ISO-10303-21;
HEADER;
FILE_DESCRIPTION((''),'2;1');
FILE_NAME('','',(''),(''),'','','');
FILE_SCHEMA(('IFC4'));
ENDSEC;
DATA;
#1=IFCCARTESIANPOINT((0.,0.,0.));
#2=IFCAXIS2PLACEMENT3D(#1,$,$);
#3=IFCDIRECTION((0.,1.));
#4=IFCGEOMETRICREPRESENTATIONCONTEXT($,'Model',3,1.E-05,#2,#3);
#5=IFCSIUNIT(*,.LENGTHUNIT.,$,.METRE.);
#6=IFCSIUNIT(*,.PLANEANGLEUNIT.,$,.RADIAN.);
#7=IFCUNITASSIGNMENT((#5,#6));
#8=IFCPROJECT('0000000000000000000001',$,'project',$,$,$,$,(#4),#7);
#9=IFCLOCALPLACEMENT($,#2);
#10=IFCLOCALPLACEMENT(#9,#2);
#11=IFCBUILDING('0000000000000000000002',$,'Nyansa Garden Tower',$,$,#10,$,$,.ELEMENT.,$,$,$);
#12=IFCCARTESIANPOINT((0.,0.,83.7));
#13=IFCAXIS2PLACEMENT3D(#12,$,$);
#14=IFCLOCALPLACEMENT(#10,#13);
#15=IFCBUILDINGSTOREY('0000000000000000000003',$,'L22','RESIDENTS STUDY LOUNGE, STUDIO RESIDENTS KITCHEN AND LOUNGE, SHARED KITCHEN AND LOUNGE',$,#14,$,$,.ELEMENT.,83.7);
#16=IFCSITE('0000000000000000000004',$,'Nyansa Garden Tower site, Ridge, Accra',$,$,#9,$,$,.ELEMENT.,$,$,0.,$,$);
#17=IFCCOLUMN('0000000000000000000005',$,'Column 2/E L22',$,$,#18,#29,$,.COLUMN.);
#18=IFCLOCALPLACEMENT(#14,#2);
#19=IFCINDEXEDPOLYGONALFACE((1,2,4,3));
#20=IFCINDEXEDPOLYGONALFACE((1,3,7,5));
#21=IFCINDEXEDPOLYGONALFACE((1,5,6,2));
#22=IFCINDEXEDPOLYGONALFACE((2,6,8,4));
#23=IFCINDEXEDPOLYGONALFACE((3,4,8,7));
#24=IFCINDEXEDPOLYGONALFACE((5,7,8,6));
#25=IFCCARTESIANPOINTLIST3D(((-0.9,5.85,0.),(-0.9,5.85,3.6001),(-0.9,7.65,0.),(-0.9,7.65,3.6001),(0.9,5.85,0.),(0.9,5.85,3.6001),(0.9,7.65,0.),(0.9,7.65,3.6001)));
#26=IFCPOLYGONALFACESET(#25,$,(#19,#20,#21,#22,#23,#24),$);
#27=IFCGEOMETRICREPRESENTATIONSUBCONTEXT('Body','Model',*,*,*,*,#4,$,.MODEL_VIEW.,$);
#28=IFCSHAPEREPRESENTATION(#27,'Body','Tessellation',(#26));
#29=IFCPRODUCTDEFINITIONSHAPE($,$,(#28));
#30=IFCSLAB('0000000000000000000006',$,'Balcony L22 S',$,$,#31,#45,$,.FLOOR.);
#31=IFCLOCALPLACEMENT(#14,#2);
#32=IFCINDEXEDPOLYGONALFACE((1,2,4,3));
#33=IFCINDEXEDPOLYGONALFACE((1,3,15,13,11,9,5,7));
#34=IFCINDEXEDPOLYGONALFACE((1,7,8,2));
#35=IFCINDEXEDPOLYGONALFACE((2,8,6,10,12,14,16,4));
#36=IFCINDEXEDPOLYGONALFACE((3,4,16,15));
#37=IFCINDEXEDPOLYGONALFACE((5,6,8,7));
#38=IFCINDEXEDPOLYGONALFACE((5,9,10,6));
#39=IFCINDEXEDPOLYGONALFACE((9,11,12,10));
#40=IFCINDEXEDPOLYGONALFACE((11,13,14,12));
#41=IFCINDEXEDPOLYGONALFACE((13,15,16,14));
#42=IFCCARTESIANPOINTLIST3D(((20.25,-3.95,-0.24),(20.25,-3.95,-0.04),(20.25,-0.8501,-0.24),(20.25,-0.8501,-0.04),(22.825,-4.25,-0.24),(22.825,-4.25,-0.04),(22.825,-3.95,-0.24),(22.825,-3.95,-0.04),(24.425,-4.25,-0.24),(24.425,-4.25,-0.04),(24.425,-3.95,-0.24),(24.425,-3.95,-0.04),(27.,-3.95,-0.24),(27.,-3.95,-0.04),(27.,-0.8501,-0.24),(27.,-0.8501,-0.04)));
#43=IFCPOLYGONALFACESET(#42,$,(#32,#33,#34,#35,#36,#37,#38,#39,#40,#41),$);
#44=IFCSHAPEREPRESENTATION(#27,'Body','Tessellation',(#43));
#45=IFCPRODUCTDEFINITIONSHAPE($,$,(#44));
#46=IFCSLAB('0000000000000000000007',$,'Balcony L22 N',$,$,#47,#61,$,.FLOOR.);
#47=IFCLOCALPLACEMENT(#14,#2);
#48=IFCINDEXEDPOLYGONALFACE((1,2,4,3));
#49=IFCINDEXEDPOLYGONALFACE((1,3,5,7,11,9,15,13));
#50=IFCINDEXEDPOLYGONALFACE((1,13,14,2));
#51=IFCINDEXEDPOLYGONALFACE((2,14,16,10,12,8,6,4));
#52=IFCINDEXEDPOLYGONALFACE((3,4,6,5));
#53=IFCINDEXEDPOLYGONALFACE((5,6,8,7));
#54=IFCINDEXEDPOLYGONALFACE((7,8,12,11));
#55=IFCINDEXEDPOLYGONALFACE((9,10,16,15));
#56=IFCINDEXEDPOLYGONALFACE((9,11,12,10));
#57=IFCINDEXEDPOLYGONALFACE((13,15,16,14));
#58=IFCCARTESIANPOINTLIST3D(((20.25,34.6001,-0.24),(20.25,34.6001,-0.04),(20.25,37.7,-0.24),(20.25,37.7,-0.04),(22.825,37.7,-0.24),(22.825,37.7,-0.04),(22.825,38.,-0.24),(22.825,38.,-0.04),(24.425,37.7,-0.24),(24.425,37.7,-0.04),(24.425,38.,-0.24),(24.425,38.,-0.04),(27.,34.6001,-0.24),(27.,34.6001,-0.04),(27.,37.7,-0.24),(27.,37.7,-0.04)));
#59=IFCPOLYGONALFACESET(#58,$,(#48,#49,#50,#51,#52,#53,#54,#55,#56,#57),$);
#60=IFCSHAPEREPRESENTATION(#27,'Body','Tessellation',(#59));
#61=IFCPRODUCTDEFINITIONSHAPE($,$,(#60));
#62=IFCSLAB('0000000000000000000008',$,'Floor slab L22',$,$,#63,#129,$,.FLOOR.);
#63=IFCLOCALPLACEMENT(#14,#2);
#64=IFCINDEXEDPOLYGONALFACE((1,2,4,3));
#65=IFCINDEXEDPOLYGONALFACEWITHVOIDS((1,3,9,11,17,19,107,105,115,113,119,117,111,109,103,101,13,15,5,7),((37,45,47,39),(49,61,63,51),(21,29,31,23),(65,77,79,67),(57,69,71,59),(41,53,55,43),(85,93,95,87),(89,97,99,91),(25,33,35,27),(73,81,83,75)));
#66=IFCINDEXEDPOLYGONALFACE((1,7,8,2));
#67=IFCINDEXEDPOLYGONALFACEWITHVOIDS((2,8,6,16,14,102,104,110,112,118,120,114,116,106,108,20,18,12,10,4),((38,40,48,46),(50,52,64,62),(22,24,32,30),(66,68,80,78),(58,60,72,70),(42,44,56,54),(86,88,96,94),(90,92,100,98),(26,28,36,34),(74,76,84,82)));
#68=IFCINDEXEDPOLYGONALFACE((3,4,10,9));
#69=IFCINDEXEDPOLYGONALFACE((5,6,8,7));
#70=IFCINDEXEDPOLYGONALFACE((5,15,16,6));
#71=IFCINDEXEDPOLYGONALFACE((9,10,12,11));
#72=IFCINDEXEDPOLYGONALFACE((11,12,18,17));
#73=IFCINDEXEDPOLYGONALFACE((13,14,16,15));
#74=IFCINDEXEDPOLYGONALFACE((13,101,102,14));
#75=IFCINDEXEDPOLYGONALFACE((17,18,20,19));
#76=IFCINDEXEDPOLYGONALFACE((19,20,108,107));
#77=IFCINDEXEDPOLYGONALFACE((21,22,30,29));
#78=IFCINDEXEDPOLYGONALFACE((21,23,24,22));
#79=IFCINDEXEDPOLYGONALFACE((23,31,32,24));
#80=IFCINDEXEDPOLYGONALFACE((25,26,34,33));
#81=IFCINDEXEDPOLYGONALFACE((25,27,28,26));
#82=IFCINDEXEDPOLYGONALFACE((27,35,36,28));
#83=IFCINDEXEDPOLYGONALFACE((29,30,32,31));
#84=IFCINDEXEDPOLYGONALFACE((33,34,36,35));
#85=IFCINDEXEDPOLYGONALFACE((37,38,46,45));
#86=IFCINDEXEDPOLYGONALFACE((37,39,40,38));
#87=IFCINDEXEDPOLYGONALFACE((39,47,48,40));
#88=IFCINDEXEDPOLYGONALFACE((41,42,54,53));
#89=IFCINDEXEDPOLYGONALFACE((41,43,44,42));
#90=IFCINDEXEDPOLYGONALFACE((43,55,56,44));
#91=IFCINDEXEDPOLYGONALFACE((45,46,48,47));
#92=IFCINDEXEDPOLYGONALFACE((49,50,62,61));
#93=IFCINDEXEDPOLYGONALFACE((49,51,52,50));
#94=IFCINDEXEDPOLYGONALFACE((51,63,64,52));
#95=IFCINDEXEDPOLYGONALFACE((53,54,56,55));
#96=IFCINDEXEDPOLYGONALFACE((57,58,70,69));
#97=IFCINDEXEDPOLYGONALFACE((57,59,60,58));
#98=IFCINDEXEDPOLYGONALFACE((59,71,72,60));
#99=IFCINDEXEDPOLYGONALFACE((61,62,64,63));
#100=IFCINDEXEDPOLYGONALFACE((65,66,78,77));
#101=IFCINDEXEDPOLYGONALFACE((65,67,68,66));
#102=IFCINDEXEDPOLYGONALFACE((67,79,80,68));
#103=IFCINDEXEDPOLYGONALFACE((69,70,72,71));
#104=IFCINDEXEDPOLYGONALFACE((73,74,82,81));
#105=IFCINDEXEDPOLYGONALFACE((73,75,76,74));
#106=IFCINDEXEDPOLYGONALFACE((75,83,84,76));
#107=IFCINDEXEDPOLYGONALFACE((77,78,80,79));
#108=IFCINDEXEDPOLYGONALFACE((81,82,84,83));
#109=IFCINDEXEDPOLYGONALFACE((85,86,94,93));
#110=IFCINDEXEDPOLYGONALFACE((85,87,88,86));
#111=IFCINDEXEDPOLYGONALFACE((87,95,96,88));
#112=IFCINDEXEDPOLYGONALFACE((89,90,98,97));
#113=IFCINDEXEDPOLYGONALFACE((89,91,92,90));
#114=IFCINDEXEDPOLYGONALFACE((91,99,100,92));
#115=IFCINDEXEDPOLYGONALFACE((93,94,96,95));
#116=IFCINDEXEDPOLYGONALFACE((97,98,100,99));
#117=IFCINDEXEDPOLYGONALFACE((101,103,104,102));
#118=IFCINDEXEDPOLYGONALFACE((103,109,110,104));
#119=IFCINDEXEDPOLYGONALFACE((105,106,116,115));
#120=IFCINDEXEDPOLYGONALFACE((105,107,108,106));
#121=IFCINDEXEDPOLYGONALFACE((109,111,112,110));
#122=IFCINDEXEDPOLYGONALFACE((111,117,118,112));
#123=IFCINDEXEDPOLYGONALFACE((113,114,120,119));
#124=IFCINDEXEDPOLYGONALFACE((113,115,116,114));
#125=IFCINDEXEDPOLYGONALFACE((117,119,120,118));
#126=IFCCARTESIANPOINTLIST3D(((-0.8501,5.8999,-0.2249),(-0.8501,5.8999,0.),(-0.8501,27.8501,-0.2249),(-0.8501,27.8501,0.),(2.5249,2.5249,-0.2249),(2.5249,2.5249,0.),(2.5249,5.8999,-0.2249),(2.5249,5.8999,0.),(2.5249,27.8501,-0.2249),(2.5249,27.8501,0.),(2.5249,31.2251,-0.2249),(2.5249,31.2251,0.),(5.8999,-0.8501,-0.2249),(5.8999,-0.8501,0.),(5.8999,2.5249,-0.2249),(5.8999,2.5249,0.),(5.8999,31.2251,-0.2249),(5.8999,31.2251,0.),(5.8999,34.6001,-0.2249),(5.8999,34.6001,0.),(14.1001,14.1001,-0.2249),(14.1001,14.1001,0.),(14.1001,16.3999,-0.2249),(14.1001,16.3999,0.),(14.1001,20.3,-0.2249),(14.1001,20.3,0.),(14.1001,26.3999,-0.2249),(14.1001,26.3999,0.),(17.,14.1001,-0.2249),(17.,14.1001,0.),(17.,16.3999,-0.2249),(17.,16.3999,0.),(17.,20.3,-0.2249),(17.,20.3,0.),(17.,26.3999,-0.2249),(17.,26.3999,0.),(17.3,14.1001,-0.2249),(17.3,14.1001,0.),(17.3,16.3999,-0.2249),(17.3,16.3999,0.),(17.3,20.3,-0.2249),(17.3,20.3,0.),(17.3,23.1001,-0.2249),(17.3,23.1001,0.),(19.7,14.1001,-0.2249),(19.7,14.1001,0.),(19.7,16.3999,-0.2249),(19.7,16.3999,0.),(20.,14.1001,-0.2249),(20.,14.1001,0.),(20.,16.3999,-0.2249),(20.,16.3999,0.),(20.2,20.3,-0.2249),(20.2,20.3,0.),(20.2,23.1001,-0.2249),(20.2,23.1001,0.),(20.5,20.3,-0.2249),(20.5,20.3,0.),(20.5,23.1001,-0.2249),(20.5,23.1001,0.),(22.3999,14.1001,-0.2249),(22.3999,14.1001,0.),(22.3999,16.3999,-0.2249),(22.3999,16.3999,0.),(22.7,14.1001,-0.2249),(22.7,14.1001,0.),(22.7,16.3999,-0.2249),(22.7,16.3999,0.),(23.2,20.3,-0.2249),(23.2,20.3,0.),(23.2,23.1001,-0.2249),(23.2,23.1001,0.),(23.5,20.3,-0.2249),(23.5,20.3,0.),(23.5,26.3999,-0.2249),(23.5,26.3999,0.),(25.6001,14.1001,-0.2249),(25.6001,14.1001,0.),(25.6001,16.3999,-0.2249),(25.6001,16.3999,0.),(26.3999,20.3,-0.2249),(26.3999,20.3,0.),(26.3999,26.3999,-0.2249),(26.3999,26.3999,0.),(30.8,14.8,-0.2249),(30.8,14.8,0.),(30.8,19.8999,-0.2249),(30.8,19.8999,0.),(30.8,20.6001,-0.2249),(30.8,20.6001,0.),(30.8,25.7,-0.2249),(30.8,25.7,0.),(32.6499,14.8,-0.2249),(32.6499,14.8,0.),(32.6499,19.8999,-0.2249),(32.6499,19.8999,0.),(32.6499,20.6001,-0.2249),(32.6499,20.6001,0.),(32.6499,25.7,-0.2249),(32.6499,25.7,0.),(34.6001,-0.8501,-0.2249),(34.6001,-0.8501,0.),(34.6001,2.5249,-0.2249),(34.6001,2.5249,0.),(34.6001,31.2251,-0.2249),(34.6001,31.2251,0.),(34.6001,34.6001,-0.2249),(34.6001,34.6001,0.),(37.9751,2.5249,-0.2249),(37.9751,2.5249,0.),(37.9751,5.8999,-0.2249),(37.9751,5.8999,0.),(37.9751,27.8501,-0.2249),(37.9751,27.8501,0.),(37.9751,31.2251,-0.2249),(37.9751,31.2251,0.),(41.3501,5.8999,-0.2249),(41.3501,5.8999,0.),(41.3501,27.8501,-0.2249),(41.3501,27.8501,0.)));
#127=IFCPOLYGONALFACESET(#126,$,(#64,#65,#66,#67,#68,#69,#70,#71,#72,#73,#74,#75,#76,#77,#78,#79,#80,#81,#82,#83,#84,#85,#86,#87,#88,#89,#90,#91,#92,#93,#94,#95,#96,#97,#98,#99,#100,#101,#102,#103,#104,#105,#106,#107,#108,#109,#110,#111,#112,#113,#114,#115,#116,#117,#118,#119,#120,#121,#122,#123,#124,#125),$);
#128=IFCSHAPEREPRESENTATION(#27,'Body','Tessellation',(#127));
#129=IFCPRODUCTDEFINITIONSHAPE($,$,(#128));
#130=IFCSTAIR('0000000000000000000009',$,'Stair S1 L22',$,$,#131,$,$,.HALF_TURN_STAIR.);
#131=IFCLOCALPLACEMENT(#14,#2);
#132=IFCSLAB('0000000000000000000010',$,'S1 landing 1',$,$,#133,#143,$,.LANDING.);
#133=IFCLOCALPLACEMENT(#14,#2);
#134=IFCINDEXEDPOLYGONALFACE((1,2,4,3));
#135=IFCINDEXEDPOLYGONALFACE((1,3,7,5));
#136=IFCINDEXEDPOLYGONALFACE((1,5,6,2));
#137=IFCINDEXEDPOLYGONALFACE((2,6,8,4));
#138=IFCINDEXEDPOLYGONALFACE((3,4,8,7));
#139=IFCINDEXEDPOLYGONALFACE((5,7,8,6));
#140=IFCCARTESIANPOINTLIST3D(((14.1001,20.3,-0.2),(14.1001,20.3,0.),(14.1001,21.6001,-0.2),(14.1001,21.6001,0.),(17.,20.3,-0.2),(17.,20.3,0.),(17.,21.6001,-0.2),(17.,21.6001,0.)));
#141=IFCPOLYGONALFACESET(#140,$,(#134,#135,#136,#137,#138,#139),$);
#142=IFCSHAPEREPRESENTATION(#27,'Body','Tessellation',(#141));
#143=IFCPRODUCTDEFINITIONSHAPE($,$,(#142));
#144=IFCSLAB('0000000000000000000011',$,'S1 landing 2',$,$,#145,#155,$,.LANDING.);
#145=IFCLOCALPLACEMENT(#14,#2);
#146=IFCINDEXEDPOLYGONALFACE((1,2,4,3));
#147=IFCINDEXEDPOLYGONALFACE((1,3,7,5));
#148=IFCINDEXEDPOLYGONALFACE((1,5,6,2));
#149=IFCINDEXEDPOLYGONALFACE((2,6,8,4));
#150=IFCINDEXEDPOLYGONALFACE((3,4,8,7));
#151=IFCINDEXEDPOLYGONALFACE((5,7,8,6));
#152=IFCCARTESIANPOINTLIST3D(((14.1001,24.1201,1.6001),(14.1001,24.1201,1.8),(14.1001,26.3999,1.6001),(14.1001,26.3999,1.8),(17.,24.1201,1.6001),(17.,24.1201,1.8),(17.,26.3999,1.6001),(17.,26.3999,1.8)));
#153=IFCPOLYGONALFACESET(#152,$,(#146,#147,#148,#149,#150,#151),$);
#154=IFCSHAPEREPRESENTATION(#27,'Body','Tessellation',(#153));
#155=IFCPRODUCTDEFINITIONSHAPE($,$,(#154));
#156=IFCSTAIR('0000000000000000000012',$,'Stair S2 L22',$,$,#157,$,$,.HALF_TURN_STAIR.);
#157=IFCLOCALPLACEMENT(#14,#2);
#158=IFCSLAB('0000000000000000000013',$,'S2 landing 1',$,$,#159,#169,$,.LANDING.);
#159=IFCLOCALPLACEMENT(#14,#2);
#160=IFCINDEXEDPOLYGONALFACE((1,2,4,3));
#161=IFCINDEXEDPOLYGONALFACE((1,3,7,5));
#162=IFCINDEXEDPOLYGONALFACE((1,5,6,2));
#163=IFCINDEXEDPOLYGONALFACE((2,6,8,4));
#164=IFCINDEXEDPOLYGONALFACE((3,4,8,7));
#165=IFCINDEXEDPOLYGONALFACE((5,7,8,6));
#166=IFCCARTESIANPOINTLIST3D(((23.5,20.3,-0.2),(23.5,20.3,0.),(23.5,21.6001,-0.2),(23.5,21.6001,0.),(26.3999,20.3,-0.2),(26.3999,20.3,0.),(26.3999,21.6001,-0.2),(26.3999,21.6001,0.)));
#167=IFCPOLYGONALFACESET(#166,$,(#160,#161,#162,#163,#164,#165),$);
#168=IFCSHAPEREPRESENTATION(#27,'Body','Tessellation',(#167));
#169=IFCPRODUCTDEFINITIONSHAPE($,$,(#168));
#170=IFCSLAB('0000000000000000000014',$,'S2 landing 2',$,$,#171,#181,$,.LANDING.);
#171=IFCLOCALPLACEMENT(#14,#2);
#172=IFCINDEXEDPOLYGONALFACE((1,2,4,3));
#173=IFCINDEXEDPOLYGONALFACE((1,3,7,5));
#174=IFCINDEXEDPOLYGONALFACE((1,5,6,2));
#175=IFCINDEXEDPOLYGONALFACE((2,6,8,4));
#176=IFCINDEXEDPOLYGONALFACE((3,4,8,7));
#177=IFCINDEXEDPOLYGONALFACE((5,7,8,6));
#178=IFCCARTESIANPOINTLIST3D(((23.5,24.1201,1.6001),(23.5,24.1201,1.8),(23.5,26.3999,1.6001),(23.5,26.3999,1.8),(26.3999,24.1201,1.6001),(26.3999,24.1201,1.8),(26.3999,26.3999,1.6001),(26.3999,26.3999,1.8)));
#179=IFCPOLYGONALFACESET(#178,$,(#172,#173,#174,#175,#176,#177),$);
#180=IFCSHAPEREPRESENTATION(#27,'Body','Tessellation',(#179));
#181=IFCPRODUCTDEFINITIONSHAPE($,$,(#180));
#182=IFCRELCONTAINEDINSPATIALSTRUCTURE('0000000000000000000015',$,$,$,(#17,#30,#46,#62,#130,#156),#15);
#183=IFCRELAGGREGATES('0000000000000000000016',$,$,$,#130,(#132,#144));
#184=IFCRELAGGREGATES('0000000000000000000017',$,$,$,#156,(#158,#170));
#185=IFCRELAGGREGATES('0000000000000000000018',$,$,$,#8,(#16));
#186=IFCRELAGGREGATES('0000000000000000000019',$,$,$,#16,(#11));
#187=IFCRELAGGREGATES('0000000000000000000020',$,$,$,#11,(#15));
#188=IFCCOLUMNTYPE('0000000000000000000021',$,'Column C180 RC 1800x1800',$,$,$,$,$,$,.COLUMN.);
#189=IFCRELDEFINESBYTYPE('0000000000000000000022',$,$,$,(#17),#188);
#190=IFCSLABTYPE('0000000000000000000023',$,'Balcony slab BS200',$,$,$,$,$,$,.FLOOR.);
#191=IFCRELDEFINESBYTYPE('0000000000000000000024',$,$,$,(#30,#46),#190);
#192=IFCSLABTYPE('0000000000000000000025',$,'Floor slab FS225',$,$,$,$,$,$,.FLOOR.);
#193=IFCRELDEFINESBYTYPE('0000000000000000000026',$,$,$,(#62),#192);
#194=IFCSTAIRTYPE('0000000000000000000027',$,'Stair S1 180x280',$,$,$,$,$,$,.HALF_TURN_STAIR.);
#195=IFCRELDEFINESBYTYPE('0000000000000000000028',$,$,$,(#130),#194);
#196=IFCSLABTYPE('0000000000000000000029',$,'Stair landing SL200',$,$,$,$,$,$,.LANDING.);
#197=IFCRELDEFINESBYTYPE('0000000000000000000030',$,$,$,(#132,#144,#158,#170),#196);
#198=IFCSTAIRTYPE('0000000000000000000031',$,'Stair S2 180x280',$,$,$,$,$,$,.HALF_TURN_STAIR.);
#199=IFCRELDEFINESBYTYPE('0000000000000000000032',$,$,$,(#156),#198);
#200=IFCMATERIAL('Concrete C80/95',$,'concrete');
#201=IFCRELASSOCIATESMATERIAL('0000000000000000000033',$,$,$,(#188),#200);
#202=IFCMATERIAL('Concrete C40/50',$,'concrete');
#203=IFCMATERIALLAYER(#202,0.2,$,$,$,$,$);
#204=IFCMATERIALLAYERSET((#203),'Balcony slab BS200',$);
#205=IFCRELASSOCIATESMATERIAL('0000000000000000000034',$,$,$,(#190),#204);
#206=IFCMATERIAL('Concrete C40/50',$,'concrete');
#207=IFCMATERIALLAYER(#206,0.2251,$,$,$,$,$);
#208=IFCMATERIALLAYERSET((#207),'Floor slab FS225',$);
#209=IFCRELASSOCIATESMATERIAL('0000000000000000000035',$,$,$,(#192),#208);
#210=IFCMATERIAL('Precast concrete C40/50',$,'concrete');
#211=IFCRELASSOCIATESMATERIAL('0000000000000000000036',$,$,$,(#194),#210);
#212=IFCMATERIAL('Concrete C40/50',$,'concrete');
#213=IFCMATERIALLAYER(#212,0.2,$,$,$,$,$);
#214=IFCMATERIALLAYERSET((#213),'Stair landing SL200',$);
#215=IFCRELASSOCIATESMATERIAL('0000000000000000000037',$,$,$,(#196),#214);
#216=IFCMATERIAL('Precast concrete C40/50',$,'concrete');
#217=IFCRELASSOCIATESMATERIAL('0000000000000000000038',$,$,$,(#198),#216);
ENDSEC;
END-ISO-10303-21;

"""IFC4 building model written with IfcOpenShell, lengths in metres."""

from ifc_helpers import new_model, si_unit, direction, frame, origin, origin_2d, place, context, subcontext, project, spatial, polyline, rectangle, outline, extrude, material, layer, layer_set, material_profile, profile_set, type_object, element, aggregate, save


model = new_model("IFC4")

# Units and contexts
model_context = context("Model", 3, precision=1e-05, world=origin(), true_north=direction((0.0, 1.0)))
body_context = subcontext(model_context, "Body", "Model", "MODEL_VIEW")
ifc_project = project(units=[si_unit("LENGTHUNIT", "METRE"), si_unit("PLANEANGLEUNIT", "RADIAN")], contexts=[model_context])

# Site, building, storey
site_placement = place(None, origin())
site = spatial("IfcSite", under=ifc_project, at=site_placement, Name="Nyansa Garden Tower site, Ridge, Accra", CompositionType="ELEMENT", RefElevation=0.0)
building_placement = place(site_placement, origin())
building = spatial("IfcBuilding", under=site, at=building_placement, Name="Nyansa Garden Tower", CompositionType="ELEMENT")
storey_placement = place(building_placement, frame((0.0, 0.0, 83.7)))
storey = spatial("IfcBuildingStorey", under=building, at=storey_placement, Name="L22", Description="RESIDENTS STUDY LOUNGE, STUDIO RESIDENTS KITCHEN AND LOUNGE, SHARED KITCHEN AND LOUNGE", CompositionType="ELEMENT", Elevation=83.7)

# Column
ifc_material_1 = material(Name="Concrete C80/95", Category="concrete")
ifc_material_profile = material_profile(ifc_material_1, rectangle(XDim=1.8, YDim=1.8, at=origin_2d()), Name="RC 1800x1800")
ifc_profile_set = profile_set([ifc_material_profile], Name="Concrete C80/95")
column_type = type_object("IfcColumnType", Name="Column C180 RC 1800x1800", PredefinedType="COLUMN", material=ifc_profile_set)
column_placement = place(storey_placement, frame((0.0, 6.75, 0.0), z_axis=(0.0, 0.0, 1.0), x_axis=(1.0, 0.0, 0.0)))
element("IfcColumn", 1, at=column_placement, inside=storey, type_object=column_type, Name="Column 2/E L22", PredefinedType="COLUMN", context=body_context, shape_type="SweptSolid", body=[
    extrude(rectangle(XDim=1.8, YDim=1.8, at=origin_2d()), origin(), (0.0, 0.0, 1.0), 3.6001),
])

# Slabs
ifc_material_2 = material(Name="Concrete C40/50", Category="concrete")
ifc_layer_1 = layer(ifc_material_2, 0.2)
ifc_layer_set_1 = layer_set([ifc_layer_1], Name="Balcony slab BS200")
slab_type_1 = type_object("IfcSlabType", Name="Balcony slab BS200", PredefinedType="FLOOR", material=ifc_layer_set_1)
slab_1_placement = place(storey_placement, frame((0.0, 0.0, -0.24)))
element("IfcSlab", 2, at=slab_1_placement, inside=storey, type_object=slab_type_1, Name="Balcony L22 S", PredefinedType="FLOOR", context=body_context, shape_type="SweptSolid", body=[
    extrude(outline(polyline([(20.25, -0.8501), (27.0, -0.8501), (27.0, -3.95), (24.425, -3.95), (24.425, -4.25), (22.825, -4.25), (22.825, -3.95), (20.25, -3.95), (20.25, -0.8501)])), origin(), (0.0, 0.0, 1.0), 0.2),
])
slab_2_placement = place(storey_placement, frame((0.0, 0.0, -0.24)))
element("IfcSlab", 3, at=slab_2_placement, inside=storey, type_object=slab_type_1, Name="Balcony L22 N", PredefinedType="FLOOR", context=body_context, shape_type="SweptSolid", body=[
    extrude(outline(polyline([(20.25, 34.6001), (27.0, 34.6001), (27.0, 37.7), (24.425, 37.7), (24.425, 38.0), (22.825, 38.0), (22.825, 37.7), (20.25, 37.7), (20.25, 34.6001)])), origin(), (0.0, 0.0, 1.0), 0.2),
])
ifc_material_3 = material(Name="Concrete C40/50", Category="concrete")
ifc_layer_2 = layer(ifc_material_3, 0.2251)
ifc_layer_set_2 = layer_set([ifc_layer_2], Name="Floor slab FS225")
slab_type_2 = type_object("IfcSlabType", Name="Floor slab FS225", PredefinedType="FLOOR", material=ifc_layer_set_2)
slab_3_placement = place(storey_placement, frame((0.0, 0.0, -0.2249)))
element("IfcSlab", 4, at=slab_3_placement, inside=storey, type_object=slab_type_2, Name="Floor slab L22", PredefinedType="FLOOR", context=body_context, shape_type="SweptSolid", body=[
    extrude(outline(polyline([(41.3501, 5.8999), (37.9751, 5.8999), (37.9751, 2.5249), (34.6001, 2.5249), (34.6001, -0.8501), (5.8999, -0.8501), (5.8999, 2.5249), (2.5249, 2.5249), (2.5249, 5.8999), (-0.8501, 5.8999), (-0.8501, 27.8501), (2.5249, 27.8501), (2.5249, 31.2251), (5.8999, 31.2251), (5.8999, 34.6001), (34.6001, 34.6001), (34.6001, 31.2251), (37.9751, 31.2251), (37.9751, 27.8501), (41.3501, 27.8501), (41.3501, 5.8999)]), holes=[polyline([(14.1001, 14.1001), (17.0, 14.1001), (17.0, 16.3999), (14.1001, 16.3999), (14.1001, 14.1001)]), polyline([(17.3, 14.1001), (19.7, 14.1001), (19.7, 16.3999), (17.3, 16.3999), (17.3, 14.1001)]), polyline([(20.0, 14.1001), (22.3999, 14.1001), (22.3999, 16.3999), (20.0, 16.3999), (20.0, 14.1001)]), polyline([(22.7, 14.1001), (25.6001, 14.1001), (25.6001, 16.3999), (22.7, 16.3999), (22.7, 14.1001)]), polyline([(17.3, 20.3), (20.2, 20.3), (20.2, 23.1001), (17.3, 23.1001), (17.3, 20.3)]), polyline([(20.5, 20.3), (23.2, 20.3), (23.2, 23.1001), (20.5, 23.1001), (20.5, 20.3)]), polyline([(30.8, 14.8), (32.6499, 14.8), (32.6499, 19.8999), (30.8, 19.8999), (30.8, 14.8)]), polyline([(30.8, 20.6001), (32.6499, 20.6001), (32.6499, 25.7), (30.8, 25.7), (30.8, 20.6001)]), polyline([(14.1001, 20.3), (17.0, 20.3), (17.0, 26.3999), (14.1001, 26.3999), (14.1001, 20.3)]), polyline([(23.5, 20.3), (26.3999, 20.3), (26.3999, 26.3999), (23.5, 26.3999), (23.5, 20.3)])]), origin(), (0.0, 0.0, 1.0), 0.2249),
])

# Stairs, slabs
ifc_material_4 = material(Name="Precast concrete C40/50", Category="concrete")
stair_type_1 = type_object("IfcStairType", Name="Stair S1 180x280", PredefinedType="HALF_TURN_STAIR", material=ifc_material_4)
stair_1_placement = place(storey_placement, origin())
stair_1 = element("IfcStair", 5, at=stair_1_placement, inside=storey, type_object=stair_type_1, Name="Stair S1 L22", PredefinedType="HALF_TURN_STAIR")
ifc_material_5 = material(Name="Concrete C40/50", Category="concrete")
ifc_layer_3 = layer(ifc_material_5, 0.2)
ifc_layer_set_3 = layer_set([ifc_layer_3], Name="Stair landing SL200")
slab_type_3 = type_object("IfcSlabType", Name="Stair landing SL200", PredefinedType="LANDING", material=ifc_layer_set_3)
slab_4_placement = place(storey_placement, frame((0.0, 0.0, -0.2)))
slab_4 = element("IfcSlab", 6, at=slab_4_placement, type_object=slab_type_3, Name="S1 landing 1", PredefinedType="LANDING", context=body_context, shape_type="SweptSolid", body=[
    extrude(outline(polyline([(14.1001, 20.3), (17.0, 20.3), (17.0, 21.6001), (14.1001, 21.6001), (14.1001, 20.3)])), origin(), (0.0, 0.0, 1.0), 0.2),
])
slab_5_placement = place(storey_placement, frame((0.0, 0.0, 1.6001)))
slab_5 = element("IfcSlab", 7, at=slab_5_placement, type_object=slab_type_3, Name="S1 landing 2", PredefinedType="LANDING", context=body_context, shape_type="SweptSolid", body=[
    extrude(outline(polyline([(14.1001, 24.1201), (17.0, 24.1201), (17.0, 26.3999), (14.1001, 26.3999), (14.1001, 24.1201)])), origin(), (0.0, 0.0, 1.0), 0.2),
])
aggregate(stair_1, [slab_4, slab_5])
ifc_material_6 = material(Name="Precast concrete C40/50", Category="concrete")
stair_type_2 = type_object("IfcStairType", Name="Stair S2 180x280", PredefinedType="HALF_TURN_STAIR", material=ifc_material_6)
stair_2_placement = place(storey_placement, origin())
stair_2 = element("IfcStair", 8, at=stair_2_placement, inside=storey, type_object=stair_type_2, Name="Stair S2 L22", PredefinedType="HALF_TURN_STAIR")
slab_6_placement = place(storey_placement, frame((0.0, 0.0, -0.2)))
slab_6 = element("IfcSlab", 9, at=slab_6_placement, type_object=slab_type_3, Name="S2 landing 1", PredefinedType="LANDING", context=body_context, shape_type="SweptSolid", body=[
    extrude(outline(polyline([(23.5, 20.3), (26.3999, 20.3), (26.3999, 21.6001), (23.5, 21.6001), (23.5, 20.3)])), origin(), (0.0, 0.0, 1.0), 0.2),
])
slab_7_placement = place(storey_placement, frame((0.0, 0.0, 1.6001)))
slab_7 = element("IfcSlab", 10, at=slab_7_placement, type_object=slab_type_3, Name="S2 landing 2", PredefinedType="LANDING", context=body_context, shape_type="SweptSolid", body=[
    extrude(outline(polyline([(23.5, 24.1201), (26.3999, 24.1201), (26.3999, 26.3999), (23.5, 26.3999), (23.5, 24.1201)])), origin(), (0.0, 0.0, 1.0), 0.2),
])
aggregate(stair_2, [slab_6, slab_7])

save(model, "model.ifc")
